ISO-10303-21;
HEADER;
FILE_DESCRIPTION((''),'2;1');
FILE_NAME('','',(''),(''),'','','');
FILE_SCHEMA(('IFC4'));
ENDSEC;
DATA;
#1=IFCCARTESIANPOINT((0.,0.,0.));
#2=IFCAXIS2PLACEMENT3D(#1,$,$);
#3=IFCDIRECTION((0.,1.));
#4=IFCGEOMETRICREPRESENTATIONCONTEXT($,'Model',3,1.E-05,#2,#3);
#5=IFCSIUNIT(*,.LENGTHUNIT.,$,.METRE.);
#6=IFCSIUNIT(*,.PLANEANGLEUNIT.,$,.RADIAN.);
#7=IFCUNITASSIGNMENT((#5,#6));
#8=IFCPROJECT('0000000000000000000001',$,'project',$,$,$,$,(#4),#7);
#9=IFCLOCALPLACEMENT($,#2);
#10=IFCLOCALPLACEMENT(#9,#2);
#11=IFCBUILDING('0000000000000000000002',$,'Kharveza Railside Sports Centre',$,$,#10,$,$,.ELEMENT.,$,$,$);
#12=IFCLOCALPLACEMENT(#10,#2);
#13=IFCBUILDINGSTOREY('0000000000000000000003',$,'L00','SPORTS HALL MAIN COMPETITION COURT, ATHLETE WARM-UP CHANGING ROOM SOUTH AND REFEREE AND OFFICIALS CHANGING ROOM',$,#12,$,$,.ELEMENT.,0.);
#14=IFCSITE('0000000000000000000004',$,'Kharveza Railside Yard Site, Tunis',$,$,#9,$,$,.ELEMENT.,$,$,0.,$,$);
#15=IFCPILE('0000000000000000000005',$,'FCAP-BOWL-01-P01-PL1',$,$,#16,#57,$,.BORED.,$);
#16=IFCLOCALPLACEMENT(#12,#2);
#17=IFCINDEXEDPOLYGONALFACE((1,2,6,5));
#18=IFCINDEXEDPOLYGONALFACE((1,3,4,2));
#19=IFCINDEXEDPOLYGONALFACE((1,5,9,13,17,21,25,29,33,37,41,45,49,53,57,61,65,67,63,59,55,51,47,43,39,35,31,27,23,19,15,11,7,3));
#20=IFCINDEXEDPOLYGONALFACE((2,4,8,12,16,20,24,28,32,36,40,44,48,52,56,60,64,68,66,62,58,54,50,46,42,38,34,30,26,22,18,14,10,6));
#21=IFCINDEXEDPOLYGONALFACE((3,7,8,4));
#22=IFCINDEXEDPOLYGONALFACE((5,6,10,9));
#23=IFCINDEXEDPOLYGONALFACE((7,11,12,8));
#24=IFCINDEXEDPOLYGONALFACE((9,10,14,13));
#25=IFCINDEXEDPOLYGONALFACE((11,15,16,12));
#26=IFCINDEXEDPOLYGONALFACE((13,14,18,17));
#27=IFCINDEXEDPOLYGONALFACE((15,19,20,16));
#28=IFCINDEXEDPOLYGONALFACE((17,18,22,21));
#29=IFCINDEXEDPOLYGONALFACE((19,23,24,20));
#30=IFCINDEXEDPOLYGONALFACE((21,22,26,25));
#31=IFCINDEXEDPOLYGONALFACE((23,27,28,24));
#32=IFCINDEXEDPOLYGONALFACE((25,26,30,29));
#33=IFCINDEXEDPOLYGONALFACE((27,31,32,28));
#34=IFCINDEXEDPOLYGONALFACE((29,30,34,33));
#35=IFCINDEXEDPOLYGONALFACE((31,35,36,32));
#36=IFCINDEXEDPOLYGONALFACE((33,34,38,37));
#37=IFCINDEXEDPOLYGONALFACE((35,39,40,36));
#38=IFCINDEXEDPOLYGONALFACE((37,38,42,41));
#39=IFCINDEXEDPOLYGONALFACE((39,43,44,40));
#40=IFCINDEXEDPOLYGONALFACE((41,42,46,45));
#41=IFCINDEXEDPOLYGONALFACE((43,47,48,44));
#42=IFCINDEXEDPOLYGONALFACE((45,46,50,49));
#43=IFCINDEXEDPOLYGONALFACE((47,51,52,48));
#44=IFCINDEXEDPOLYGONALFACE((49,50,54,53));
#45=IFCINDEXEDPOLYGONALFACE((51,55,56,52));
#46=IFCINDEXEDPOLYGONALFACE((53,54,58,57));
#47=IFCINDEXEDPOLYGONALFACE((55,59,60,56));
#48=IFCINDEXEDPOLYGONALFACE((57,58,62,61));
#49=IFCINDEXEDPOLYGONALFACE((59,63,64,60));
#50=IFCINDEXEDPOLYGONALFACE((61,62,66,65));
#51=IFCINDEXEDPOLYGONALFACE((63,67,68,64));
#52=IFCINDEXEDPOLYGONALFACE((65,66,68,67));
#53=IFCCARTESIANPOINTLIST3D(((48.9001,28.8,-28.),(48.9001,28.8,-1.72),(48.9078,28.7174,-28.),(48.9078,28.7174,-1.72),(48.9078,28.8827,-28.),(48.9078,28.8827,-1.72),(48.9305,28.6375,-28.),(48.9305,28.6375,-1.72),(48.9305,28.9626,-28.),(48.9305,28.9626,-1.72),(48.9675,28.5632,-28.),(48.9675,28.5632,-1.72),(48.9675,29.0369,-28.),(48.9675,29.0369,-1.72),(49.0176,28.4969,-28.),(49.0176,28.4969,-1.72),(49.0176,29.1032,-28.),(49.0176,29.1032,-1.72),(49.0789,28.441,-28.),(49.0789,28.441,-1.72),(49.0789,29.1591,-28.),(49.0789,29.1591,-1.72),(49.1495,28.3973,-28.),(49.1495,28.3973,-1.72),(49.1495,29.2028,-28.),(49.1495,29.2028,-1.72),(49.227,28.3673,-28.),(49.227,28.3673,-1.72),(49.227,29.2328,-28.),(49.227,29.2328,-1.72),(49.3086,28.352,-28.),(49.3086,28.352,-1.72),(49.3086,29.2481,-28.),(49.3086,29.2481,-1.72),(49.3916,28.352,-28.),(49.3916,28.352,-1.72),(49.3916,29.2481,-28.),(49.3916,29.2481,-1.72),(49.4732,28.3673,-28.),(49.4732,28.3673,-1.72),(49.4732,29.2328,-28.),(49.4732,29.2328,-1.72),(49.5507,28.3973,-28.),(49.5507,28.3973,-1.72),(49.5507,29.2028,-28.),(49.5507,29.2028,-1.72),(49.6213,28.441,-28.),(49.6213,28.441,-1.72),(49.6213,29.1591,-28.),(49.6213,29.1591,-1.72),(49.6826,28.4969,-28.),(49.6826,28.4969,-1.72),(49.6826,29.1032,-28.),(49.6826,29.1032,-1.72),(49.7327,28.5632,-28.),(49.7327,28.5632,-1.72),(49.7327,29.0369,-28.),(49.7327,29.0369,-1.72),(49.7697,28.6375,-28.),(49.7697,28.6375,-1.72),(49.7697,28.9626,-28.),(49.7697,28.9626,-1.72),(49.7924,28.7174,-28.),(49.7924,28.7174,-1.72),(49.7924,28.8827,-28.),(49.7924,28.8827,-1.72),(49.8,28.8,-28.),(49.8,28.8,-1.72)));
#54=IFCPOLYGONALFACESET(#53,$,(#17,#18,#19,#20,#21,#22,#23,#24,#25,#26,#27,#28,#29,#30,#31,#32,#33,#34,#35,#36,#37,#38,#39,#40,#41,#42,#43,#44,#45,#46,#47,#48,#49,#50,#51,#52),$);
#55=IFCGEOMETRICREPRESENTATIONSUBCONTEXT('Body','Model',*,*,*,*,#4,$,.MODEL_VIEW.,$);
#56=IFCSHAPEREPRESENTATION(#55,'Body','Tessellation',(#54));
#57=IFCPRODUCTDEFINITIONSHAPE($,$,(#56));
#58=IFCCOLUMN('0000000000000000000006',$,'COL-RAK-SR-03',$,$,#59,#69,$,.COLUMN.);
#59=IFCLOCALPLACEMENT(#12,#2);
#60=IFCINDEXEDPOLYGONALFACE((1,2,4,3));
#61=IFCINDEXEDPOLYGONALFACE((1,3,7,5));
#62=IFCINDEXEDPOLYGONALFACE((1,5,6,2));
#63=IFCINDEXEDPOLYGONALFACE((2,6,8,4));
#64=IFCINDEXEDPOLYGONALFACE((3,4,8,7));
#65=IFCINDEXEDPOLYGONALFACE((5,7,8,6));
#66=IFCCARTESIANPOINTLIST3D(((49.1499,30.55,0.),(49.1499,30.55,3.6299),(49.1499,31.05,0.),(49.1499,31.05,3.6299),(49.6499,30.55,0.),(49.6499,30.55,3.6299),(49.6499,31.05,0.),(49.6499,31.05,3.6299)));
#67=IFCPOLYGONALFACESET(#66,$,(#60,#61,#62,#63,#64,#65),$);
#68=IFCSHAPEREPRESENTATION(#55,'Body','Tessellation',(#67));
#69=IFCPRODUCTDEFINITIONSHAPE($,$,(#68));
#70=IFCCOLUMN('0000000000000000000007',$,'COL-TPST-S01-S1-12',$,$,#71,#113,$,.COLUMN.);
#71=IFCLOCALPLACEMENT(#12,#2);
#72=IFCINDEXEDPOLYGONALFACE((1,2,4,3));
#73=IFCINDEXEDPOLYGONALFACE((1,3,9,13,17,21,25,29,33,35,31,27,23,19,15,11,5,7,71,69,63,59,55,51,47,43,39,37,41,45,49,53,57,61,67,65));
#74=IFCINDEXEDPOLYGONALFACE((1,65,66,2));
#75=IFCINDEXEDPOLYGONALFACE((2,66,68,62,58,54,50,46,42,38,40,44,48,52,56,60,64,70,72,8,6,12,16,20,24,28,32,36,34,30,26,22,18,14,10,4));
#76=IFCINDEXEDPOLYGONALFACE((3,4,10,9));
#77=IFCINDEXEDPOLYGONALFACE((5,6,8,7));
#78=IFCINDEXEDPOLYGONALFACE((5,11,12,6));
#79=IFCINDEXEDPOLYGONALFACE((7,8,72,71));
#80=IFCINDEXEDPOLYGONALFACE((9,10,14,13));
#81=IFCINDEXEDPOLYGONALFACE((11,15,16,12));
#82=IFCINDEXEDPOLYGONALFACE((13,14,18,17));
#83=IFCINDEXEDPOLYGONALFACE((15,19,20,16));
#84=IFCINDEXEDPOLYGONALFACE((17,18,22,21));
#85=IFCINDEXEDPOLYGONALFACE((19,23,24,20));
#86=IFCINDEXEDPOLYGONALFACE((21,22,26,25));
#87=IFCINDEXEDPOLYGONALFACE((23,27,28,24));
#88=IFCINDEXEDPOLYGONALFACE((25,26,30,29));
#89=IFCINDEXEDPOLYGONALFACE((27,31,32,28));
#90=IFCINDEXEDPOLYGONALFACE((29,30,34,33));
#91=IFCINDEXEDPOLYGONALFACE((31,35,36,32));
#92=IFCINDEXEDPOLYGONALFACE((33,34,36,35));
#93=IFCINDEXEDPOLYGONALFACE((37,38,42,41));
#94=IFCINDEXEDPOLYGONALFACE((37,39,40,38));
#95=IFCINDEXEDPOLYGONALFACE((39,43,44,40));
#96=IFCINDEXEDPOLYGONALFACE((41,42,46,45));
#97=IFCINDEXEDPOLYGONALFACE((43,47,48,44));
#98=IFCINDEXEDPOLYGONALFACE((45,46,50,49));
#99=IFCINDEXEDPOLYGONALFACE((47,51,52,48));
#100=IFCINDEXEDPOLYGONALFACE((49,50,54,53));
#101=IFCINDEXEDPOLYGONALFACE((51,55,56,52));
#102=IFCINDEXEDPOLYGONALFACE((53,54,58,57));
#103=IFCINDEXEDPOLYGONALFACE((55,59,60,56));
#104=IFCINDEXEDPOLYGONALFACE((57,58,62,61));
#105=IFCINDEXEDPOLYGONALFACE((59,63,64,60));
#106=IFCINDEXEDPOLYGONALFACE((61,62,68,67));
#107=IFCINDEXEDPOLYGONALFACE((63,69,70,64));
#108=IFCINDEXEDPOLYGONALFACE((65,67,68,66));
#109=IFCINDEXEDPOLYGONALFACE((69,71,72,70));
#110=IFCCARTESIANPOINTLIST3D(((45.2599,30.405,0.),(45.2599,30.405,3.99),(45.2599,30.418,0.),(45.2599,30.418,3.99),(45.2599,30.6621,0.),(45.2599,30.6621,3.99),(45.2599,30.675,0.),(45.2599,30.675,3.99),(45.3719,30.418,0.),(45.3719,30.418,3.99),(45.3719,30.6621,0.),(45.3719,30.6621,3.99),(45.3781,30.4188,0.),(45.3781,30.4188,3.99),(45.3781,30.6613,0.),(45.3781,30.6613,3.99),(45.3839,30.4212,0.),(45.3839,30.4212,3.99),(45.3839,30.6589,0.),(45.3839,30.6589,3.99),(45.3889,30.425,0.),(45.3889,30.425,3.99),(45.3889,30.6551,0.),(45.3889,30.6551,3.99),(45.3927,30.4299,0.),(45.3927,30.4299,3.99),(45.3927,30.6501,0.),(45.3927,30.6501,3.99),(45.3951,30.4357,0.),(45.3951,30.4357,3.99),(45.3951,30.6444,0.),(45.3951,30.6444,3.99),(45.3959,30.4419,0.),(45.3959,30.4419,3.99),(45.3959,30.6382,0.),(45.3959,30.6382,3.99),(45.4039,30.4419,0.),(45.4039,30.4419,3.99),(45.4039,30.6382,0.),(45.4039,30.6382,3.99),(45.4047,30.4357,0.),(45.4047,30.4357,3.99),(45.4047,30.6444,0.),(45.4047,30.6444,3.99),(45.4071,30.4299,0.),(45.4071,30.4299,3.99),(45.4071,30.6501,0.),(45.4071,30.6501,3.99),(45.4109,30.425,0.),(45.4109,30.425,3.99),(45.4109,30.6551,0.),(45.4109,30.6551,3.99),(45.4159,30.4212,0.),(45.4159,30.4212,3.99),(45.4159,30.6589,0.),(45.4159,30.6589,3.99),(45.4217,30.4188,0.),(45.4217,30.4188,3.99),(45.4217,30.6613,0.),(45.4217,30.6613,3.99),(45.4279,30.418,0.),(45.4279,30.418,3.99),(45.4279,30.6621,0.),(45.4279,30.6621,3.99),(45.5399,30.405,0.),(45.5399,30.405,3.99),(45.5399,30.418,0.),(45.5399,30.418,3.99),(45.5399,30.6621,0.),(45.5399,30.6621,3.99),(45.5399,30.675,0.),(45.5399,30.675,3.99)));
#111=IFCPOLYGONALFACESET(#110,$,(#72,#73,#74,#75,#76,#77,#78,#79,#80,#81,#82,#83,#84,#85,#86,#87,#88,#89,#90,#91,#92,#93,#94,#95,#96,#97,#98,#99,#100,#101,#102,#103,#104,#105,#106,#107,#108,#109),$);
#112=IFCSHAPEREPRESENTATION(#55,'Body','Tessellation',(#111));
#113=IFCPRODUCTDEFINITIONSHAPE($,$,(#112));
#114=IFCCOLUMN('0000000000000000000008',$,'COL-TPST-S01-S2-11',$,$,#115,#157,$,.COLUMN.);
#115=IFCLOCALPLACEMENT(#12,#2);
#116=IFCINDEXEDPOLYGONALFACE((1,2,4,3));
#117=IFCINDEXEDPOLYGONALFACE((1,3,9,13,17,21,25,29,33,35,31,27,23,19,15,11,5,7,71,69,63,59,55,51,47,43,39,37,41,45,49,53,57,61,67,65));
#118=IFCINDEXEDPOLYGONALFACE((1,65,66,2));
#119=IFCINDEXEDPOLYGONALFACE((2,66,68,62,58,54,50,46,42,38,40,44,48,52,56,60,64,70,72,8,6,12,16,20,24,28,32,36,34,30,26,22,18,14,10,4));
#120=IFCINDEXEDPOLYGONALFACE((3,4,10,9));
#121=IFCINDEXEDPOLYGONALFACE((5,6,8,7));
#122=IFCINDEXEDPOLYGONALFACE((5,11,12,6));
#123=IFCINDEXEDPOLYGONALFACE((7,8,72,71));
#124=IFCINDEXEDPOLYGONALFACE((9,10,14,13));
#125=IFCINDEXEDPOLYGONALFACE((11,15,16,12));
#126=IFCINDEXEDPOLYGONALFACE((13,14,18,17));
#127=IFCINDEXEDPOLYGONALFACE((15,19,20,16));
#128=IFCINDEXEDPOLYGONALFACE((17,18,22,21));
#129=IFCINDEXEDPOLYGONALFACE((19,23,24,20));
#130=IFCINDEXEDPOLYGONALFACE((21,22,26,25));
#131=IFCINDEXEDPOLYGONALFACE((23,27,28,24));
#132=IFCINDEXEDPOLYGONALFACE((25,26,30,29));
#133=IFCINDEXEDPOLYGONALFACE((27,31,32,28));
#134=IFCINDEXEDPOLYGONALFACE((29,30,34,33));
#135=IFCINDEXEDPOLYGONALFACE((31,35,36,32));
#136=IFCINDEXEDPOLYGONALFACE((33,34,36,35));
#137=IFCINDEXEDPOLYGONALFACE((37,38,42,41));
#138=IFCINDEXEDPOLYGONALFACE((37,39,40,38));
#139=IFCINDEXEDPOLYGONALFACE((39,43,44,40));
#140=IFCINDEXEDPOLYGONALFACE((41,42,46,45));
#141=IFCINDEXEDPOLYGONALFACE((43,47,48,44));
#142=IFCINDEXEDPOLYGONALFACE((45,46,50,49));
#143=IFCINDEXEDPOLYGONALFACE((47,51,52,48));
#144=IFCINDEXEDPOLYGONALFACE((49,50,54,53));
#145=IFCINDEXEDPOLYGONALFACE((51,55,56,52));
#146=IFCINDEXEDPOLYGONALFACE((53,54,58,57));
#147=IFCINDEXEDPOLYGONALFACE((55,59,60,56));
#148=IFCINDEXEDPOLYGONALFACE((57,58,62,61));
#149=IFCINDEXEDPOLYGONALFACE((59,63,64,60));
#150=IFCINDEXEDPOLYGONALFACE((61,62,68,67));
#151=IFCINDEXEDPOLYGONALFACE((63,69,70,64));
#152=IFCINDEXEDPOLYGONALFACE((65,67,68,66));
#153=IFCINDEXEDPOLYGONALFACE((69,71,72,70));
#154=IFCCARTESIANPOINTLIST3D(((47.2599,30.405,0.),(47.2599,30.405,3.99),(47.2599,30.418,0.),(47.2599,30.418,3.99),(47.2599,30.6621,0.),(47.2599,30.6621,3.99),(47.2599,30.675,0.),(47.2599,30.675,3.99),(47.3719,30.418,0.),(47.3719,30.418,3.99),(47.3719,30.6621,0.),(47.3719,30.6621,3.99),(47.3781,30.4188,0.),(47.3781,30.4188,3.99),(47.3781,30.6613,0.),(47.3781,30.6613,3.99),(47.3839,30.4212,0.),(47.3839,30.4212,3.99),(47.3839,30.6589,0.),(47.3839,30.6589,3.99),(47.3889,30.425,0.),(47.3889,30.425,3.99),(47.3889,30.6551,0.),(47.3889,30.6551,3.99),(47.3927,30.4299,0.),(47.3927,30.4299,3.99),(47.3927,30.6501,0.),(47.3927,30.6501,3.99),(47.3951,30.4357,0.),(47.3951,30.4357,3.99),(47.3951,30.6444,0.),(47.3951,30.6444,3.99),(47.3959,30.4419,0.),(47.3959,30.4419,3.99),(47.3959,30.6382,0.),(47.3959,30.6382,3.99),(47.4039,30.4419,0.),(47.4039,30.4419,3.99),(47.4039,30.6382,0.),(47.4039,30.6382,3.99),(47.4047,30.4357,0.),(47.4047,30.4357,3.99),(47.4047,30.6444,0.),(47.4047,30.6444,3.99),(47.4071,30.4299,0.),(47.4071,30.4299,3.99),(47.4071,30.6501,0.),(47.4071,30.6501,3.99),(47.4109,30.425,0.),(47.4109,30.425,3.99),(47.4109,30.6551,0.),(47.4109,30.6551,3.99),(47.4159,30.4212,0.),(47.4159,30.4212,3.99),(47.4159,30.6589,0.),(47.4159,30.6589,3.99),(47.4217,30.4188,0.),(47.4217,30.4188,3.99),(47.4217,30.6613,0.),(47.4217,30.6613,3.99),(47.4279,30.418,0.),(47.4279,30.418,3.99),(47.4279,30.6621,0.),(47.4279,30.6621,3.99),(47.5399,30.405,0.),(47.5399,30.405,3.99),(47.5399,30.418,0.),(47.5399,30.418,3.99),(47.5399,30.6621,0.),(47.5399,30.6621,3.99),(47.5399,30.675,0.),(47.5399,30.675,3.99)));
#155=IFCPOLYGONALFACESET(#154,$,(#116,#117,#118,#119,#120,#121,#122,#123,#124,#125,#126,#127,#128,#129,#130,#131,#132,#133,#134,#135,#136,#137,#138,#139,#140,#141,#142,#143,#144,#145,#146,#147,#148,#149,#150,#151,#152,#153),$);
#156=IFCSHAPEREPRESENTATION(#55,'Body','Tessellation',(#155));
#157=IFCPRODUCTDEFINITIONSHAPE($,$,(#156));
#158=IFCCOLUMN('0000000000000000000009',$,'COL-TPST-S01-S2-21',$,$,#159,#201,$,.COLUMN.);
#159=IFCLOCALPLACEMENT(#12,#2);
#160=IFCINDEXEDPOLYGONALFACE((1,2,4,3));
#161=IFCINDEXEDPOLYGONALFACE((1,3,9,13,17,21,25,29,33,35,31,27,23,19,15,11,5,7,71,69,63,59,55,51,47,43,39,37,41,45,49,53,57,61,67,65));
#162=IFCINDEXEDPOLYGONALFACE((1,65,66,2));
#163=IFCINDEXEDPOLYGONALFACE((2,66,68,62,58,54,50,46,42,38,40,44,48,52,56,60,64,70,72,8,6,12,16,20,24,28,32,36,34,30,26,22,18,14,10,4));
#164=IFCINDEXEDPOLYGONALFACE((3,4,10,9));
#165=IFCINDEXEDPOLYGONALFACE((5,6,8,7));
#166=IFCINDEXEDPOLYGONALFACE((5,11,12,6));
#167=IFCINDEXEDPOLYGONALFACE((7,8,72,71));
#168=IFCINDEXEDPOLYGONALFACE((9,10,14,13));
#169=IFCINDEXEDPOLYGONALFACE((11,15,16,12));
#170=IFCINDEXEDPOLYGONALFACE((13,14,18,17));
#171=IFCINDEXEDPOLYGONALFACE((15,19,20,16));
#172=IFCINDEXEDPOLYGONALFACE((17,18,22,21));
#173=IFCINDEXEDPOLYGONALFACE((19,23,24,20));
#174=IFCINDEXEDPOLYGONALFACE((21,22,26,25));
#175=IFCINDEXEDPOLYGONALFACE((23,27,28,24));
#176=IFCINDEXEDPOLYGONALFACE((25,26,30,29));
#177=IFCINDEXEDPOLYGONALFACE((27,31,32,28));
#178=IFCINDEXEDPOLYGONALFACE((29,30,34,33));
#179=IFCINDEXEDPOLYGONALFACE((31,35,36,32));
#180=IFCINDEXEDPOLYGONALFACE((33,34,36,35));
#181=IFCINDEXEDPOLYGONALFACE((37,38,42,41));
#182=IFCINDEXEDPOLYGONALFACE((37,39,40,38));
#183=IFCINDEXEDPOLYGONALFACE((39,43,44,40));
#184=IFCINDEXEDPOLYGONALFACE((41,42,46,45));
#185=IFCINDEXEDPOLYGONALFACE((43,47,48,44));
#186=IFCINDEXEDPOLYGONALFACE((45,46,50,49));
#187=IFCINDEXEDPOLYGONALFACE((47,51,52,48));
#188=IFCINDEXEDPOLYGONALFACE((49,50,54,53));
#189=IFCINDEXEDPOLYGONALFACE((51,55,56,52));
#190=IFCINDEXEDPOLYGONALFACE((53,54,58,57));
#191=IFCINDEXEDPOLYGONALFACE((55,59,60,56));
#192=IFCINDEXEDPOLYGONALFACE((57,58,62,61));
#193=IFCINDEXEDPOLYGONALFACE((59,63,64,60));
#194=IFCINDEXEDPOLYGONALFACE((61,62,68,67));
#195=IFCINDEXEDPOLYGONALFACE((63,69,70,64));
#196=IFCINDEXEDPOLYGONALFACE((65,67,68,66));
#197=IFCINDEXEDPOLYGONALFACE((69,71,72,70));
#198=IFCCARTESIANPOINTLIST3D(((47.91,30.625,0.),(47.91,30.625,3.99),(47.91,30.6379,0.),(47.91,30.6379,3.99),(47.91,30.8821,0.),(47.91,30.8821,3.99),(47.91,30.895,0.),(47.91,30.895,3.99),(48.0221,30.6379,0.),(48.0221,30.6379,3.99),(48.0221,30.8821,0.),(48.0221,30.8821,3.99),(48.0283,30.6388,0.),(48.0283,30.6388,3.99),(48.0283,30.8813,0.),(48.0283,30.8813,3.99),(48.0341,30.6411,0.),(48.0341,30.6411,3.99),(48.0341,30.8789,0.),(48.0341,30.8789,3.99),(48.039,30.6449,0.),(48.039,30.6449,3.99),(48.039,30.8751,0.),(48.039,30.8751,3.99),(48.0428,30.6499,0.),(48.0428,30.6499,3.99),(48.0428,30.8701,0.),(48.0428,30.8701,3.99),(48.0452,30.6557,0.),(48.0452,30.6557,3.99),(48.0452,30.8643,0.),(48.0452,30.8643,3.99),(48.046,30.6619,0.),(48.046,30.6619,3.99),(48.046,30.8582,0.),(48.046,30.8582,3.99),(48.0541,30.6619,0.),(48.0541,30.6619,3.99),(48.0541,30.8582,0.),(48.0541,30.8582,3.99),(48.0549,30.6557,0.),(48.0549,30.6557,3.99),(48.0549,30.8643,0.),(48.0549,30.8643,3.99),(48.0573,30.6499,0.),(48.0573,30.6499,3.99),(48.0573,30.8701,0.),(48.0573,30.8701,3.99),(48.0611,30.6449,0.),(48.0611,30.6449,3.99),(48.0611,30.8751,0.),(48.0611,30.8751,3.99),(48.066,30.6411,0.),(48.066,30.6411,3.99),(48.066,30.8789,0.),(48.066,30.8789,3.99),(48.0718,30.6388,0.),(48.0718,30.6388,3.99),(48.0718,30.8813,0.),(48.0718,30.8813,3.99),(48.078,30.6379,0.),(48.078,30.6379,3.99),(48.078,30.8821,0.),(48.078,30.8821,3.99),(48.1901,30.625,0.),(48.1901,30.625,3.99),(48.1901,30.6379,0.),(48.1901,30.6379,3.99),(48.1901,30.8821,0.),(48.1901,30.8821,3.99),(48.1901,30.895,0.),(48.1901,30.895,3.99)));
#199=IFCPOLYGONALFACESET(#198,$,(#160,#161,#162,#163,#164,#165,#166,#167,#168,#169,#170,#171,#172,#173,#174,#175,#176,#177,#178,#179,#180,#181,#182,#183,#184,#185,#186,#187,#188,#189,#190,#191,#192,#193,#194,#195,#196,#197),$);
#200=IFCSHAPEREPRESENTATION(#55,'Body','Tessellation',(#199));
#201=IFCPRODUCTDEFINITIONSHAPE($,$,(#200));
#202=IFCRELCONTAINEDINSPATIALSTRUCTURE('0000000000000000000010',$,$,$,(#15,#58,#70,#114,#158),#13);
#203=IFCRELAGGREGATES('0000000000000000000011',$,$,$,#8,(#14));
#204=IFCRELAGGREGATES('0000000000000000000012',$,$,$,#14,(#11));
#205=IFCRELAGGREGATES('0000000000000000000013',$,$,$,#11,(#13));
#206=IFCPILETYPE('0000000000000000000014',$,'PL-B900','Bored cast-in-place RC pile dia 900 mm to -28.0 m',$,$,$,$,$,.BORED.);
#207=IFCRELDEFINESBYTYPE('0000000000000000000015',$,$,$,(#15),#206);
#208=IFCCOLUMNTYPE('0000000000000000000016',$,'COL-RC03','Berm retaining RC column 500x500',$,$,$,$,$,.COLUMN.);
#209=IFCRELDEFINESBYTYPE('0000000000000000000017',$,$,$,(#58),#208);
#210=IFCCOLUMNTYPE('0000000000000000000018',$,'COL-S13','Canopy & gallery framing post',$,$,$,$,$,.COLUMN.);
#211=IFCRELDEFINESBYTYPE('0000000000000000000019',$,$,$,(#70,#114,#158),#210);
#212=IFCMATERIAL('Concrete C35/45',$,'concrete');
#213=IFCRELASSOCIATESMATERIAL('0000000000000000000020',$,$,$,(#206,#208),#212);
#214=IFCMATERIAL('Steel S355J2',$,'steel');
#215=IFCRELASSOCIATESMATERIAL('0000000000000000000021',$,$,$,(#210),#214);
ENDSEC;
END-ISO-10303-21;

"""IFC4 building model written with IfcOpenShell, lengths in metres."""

from ifc_helpers import new_model, si_unit, direction, frame, origin, origin_2d, place, context, subcontext, project, spatial, rectangle, circle, i_section, extrude, material, material_profile, profile_set, type_object, element, save


model = new_model("IFC4")

# Units and contexts
model_context = context("Model", 3, precision=1e-05, world=origin(), true_north=direction((0.0, 1.0)))
body_context = subcontext(model_context, "Body", "Model", "MODEL_VIEW")
ifc_project = project(units=[si_unit("LENGTHUNIT", "METRE"), si_unit("PLANEANGLEUNIT", "RADIAN")], contexts=[model_context])

# Site, building, storey
site_placement = place(None, origin())
site = spatial("IfcSite", under=ifc_project, at=site_placement, Name="Kharveza Railside Yard Site, Tunis", CompositionType="ELEMENT", RefElevation=0.0)
building_placement = place(site_placement, origin())
building = spatial("IfcBuilding", under=site, at=building_placement, Name="Kharveza Railside Sports Centre", CompositionType="ELEMENT")
storey_placement = place(building_placement, origin())
storey = spatial("IfcBuildingStorey", under=building, at=storey_placement, Name="L00", Description="SPORTS HALL MAIN COMPETITION COURT, ATHLETE WARM-UP CHANGING ROOM SOUTH AND REFEREE AND OFFICIALS CHANGING ROOM", CompositionType="ELEMENT", Elevation=0.0)

# Pile
ifc_material_1 = material(Name="Concrete C35/45", Category="concrete")
ifc_material_profile_1 = material_profile(ifc_material_1, circle(Radius=0.45, at=origin_2d()), Name="PILE D900")
ifc_profile_set_1 = profile_set([ifc_material_profile_1], Name="Concrete C35/45")
pile_type = type_object("IfcPileType", Name="PL-B900", Description="Bored cast-in-place RC pile dia 900 mm to -28.0 m", PredefinedType="BORED", material=ifc_profile_set_1)
pile_placement = place(storey_placement, frame((49.3501, 28.8, -1.72), z_axis=(0.0, 0.0, -1.0), x_axis=(1.0, 0.0, 0.0)))
element("IfcPile", 1, at=pile_placement, inside=storey, type_object=pile_type, Name="FCAP-BOWL-01-P01-PL1", PredefinedType="BORED", context=body_context, shape_type="SweptSolid", body=[
    extrude(circle(Radius=0.45, at=origin_2d()), origin(), (0.0, 0.0, 1.0), 26.28),
])

# Columns
ifc_material_profile_2 = material_profile(ifc_material_1, rectangle(XDim=0.5, YDim=0.5, at=origin_2d()), Name="RC 500x500")
ifc_profile_set_2 = profile_set([ifc_material_profile_2], Name="Concrete C35/45")
column_type_1 = type_object("IfcColumnType", Name="COL-RC03", Description="Berm retaining RC column 500x500", PredefinedType="COLUMN", material=ifc_profile_set_2)
column_placement = place(storey_placement, frame((49.3999, 30.8, 0.0), z_axis=(0.0, 0.0, 1.0), x_axis=(1.0, 0.0, 0.0)))
element("IfcColumn", 2, at=column_placement, inside=storey, type_object=column_type_1, Name="COL-RAK-SR-03", PredefinedType="COLUMN", context=body_context, shape_type="SweptSolid", body=[
    extrude(rectangle(XDim=0.5, YDim=0.5, at=origin_2d()), origin(), (0.0, 0.0, 1.0), 3.6299),
])
ifc_material_2 = material(Name="Steel S355J2", Category="steel")
ifc_material_profile_3 = material_profile(ifc_material_2, i_section(OverallWidth=0.28, OverallDepth=0.27, WebThickness=0.0081, FlangeThickness=0.0129, FilletRadius=0.0239, at=origin_2d()), Name="HEA 280")
ifc_profile_set_3 = profile_set([ifc_material_profile_3], Name="Steel S355J2")
column_type_2 = type_object("IfcColumnType", Name="COL-S13", Description="Canopy & gallery framing post", PredefinedType="COLUMN", material=ifc_profile_set_3)
for number, where, z_axis, x_axis, name in (
    (3, (45.3999, 30.54, 0.0), (0.0, 0.0, 1.0), (1.0, 0.0, 0.0), "COL-TPST-S01-S1-12"),
    (4, (47.3999, 30.54, 0.0), (0.0, 0.0, 1.0), (1.0, 0.0, 0.0), "COL-TPST-S01-S2-11"),
    (5, (48.05, 30.76, 0.0), (0.0, 0.0, 1.0), (1.0, 0.0, 0.0), "COL-TPST-S01-S2-21"),
):
    element("IfcColumn", number, at=place(storey_placement, frame(where, z_axis=z_axis, x_axis=x_axis)), inside=storey, type_object=column_type_2, Name=name, PredefinedType="COLUMN", context=body_context, shape_type="SweptSolid", body=[
        extrude(i_section(OverallWidth=0.28, OverallDepth=0.27, WebThickness=0.0081, FlangeThickness=0.0129, FilletRadius=0.0239, at=origin_2d()), origin(), (0.0, 0.0, 1.0), 3.99),
    ])

save(model, "model.ifc")
